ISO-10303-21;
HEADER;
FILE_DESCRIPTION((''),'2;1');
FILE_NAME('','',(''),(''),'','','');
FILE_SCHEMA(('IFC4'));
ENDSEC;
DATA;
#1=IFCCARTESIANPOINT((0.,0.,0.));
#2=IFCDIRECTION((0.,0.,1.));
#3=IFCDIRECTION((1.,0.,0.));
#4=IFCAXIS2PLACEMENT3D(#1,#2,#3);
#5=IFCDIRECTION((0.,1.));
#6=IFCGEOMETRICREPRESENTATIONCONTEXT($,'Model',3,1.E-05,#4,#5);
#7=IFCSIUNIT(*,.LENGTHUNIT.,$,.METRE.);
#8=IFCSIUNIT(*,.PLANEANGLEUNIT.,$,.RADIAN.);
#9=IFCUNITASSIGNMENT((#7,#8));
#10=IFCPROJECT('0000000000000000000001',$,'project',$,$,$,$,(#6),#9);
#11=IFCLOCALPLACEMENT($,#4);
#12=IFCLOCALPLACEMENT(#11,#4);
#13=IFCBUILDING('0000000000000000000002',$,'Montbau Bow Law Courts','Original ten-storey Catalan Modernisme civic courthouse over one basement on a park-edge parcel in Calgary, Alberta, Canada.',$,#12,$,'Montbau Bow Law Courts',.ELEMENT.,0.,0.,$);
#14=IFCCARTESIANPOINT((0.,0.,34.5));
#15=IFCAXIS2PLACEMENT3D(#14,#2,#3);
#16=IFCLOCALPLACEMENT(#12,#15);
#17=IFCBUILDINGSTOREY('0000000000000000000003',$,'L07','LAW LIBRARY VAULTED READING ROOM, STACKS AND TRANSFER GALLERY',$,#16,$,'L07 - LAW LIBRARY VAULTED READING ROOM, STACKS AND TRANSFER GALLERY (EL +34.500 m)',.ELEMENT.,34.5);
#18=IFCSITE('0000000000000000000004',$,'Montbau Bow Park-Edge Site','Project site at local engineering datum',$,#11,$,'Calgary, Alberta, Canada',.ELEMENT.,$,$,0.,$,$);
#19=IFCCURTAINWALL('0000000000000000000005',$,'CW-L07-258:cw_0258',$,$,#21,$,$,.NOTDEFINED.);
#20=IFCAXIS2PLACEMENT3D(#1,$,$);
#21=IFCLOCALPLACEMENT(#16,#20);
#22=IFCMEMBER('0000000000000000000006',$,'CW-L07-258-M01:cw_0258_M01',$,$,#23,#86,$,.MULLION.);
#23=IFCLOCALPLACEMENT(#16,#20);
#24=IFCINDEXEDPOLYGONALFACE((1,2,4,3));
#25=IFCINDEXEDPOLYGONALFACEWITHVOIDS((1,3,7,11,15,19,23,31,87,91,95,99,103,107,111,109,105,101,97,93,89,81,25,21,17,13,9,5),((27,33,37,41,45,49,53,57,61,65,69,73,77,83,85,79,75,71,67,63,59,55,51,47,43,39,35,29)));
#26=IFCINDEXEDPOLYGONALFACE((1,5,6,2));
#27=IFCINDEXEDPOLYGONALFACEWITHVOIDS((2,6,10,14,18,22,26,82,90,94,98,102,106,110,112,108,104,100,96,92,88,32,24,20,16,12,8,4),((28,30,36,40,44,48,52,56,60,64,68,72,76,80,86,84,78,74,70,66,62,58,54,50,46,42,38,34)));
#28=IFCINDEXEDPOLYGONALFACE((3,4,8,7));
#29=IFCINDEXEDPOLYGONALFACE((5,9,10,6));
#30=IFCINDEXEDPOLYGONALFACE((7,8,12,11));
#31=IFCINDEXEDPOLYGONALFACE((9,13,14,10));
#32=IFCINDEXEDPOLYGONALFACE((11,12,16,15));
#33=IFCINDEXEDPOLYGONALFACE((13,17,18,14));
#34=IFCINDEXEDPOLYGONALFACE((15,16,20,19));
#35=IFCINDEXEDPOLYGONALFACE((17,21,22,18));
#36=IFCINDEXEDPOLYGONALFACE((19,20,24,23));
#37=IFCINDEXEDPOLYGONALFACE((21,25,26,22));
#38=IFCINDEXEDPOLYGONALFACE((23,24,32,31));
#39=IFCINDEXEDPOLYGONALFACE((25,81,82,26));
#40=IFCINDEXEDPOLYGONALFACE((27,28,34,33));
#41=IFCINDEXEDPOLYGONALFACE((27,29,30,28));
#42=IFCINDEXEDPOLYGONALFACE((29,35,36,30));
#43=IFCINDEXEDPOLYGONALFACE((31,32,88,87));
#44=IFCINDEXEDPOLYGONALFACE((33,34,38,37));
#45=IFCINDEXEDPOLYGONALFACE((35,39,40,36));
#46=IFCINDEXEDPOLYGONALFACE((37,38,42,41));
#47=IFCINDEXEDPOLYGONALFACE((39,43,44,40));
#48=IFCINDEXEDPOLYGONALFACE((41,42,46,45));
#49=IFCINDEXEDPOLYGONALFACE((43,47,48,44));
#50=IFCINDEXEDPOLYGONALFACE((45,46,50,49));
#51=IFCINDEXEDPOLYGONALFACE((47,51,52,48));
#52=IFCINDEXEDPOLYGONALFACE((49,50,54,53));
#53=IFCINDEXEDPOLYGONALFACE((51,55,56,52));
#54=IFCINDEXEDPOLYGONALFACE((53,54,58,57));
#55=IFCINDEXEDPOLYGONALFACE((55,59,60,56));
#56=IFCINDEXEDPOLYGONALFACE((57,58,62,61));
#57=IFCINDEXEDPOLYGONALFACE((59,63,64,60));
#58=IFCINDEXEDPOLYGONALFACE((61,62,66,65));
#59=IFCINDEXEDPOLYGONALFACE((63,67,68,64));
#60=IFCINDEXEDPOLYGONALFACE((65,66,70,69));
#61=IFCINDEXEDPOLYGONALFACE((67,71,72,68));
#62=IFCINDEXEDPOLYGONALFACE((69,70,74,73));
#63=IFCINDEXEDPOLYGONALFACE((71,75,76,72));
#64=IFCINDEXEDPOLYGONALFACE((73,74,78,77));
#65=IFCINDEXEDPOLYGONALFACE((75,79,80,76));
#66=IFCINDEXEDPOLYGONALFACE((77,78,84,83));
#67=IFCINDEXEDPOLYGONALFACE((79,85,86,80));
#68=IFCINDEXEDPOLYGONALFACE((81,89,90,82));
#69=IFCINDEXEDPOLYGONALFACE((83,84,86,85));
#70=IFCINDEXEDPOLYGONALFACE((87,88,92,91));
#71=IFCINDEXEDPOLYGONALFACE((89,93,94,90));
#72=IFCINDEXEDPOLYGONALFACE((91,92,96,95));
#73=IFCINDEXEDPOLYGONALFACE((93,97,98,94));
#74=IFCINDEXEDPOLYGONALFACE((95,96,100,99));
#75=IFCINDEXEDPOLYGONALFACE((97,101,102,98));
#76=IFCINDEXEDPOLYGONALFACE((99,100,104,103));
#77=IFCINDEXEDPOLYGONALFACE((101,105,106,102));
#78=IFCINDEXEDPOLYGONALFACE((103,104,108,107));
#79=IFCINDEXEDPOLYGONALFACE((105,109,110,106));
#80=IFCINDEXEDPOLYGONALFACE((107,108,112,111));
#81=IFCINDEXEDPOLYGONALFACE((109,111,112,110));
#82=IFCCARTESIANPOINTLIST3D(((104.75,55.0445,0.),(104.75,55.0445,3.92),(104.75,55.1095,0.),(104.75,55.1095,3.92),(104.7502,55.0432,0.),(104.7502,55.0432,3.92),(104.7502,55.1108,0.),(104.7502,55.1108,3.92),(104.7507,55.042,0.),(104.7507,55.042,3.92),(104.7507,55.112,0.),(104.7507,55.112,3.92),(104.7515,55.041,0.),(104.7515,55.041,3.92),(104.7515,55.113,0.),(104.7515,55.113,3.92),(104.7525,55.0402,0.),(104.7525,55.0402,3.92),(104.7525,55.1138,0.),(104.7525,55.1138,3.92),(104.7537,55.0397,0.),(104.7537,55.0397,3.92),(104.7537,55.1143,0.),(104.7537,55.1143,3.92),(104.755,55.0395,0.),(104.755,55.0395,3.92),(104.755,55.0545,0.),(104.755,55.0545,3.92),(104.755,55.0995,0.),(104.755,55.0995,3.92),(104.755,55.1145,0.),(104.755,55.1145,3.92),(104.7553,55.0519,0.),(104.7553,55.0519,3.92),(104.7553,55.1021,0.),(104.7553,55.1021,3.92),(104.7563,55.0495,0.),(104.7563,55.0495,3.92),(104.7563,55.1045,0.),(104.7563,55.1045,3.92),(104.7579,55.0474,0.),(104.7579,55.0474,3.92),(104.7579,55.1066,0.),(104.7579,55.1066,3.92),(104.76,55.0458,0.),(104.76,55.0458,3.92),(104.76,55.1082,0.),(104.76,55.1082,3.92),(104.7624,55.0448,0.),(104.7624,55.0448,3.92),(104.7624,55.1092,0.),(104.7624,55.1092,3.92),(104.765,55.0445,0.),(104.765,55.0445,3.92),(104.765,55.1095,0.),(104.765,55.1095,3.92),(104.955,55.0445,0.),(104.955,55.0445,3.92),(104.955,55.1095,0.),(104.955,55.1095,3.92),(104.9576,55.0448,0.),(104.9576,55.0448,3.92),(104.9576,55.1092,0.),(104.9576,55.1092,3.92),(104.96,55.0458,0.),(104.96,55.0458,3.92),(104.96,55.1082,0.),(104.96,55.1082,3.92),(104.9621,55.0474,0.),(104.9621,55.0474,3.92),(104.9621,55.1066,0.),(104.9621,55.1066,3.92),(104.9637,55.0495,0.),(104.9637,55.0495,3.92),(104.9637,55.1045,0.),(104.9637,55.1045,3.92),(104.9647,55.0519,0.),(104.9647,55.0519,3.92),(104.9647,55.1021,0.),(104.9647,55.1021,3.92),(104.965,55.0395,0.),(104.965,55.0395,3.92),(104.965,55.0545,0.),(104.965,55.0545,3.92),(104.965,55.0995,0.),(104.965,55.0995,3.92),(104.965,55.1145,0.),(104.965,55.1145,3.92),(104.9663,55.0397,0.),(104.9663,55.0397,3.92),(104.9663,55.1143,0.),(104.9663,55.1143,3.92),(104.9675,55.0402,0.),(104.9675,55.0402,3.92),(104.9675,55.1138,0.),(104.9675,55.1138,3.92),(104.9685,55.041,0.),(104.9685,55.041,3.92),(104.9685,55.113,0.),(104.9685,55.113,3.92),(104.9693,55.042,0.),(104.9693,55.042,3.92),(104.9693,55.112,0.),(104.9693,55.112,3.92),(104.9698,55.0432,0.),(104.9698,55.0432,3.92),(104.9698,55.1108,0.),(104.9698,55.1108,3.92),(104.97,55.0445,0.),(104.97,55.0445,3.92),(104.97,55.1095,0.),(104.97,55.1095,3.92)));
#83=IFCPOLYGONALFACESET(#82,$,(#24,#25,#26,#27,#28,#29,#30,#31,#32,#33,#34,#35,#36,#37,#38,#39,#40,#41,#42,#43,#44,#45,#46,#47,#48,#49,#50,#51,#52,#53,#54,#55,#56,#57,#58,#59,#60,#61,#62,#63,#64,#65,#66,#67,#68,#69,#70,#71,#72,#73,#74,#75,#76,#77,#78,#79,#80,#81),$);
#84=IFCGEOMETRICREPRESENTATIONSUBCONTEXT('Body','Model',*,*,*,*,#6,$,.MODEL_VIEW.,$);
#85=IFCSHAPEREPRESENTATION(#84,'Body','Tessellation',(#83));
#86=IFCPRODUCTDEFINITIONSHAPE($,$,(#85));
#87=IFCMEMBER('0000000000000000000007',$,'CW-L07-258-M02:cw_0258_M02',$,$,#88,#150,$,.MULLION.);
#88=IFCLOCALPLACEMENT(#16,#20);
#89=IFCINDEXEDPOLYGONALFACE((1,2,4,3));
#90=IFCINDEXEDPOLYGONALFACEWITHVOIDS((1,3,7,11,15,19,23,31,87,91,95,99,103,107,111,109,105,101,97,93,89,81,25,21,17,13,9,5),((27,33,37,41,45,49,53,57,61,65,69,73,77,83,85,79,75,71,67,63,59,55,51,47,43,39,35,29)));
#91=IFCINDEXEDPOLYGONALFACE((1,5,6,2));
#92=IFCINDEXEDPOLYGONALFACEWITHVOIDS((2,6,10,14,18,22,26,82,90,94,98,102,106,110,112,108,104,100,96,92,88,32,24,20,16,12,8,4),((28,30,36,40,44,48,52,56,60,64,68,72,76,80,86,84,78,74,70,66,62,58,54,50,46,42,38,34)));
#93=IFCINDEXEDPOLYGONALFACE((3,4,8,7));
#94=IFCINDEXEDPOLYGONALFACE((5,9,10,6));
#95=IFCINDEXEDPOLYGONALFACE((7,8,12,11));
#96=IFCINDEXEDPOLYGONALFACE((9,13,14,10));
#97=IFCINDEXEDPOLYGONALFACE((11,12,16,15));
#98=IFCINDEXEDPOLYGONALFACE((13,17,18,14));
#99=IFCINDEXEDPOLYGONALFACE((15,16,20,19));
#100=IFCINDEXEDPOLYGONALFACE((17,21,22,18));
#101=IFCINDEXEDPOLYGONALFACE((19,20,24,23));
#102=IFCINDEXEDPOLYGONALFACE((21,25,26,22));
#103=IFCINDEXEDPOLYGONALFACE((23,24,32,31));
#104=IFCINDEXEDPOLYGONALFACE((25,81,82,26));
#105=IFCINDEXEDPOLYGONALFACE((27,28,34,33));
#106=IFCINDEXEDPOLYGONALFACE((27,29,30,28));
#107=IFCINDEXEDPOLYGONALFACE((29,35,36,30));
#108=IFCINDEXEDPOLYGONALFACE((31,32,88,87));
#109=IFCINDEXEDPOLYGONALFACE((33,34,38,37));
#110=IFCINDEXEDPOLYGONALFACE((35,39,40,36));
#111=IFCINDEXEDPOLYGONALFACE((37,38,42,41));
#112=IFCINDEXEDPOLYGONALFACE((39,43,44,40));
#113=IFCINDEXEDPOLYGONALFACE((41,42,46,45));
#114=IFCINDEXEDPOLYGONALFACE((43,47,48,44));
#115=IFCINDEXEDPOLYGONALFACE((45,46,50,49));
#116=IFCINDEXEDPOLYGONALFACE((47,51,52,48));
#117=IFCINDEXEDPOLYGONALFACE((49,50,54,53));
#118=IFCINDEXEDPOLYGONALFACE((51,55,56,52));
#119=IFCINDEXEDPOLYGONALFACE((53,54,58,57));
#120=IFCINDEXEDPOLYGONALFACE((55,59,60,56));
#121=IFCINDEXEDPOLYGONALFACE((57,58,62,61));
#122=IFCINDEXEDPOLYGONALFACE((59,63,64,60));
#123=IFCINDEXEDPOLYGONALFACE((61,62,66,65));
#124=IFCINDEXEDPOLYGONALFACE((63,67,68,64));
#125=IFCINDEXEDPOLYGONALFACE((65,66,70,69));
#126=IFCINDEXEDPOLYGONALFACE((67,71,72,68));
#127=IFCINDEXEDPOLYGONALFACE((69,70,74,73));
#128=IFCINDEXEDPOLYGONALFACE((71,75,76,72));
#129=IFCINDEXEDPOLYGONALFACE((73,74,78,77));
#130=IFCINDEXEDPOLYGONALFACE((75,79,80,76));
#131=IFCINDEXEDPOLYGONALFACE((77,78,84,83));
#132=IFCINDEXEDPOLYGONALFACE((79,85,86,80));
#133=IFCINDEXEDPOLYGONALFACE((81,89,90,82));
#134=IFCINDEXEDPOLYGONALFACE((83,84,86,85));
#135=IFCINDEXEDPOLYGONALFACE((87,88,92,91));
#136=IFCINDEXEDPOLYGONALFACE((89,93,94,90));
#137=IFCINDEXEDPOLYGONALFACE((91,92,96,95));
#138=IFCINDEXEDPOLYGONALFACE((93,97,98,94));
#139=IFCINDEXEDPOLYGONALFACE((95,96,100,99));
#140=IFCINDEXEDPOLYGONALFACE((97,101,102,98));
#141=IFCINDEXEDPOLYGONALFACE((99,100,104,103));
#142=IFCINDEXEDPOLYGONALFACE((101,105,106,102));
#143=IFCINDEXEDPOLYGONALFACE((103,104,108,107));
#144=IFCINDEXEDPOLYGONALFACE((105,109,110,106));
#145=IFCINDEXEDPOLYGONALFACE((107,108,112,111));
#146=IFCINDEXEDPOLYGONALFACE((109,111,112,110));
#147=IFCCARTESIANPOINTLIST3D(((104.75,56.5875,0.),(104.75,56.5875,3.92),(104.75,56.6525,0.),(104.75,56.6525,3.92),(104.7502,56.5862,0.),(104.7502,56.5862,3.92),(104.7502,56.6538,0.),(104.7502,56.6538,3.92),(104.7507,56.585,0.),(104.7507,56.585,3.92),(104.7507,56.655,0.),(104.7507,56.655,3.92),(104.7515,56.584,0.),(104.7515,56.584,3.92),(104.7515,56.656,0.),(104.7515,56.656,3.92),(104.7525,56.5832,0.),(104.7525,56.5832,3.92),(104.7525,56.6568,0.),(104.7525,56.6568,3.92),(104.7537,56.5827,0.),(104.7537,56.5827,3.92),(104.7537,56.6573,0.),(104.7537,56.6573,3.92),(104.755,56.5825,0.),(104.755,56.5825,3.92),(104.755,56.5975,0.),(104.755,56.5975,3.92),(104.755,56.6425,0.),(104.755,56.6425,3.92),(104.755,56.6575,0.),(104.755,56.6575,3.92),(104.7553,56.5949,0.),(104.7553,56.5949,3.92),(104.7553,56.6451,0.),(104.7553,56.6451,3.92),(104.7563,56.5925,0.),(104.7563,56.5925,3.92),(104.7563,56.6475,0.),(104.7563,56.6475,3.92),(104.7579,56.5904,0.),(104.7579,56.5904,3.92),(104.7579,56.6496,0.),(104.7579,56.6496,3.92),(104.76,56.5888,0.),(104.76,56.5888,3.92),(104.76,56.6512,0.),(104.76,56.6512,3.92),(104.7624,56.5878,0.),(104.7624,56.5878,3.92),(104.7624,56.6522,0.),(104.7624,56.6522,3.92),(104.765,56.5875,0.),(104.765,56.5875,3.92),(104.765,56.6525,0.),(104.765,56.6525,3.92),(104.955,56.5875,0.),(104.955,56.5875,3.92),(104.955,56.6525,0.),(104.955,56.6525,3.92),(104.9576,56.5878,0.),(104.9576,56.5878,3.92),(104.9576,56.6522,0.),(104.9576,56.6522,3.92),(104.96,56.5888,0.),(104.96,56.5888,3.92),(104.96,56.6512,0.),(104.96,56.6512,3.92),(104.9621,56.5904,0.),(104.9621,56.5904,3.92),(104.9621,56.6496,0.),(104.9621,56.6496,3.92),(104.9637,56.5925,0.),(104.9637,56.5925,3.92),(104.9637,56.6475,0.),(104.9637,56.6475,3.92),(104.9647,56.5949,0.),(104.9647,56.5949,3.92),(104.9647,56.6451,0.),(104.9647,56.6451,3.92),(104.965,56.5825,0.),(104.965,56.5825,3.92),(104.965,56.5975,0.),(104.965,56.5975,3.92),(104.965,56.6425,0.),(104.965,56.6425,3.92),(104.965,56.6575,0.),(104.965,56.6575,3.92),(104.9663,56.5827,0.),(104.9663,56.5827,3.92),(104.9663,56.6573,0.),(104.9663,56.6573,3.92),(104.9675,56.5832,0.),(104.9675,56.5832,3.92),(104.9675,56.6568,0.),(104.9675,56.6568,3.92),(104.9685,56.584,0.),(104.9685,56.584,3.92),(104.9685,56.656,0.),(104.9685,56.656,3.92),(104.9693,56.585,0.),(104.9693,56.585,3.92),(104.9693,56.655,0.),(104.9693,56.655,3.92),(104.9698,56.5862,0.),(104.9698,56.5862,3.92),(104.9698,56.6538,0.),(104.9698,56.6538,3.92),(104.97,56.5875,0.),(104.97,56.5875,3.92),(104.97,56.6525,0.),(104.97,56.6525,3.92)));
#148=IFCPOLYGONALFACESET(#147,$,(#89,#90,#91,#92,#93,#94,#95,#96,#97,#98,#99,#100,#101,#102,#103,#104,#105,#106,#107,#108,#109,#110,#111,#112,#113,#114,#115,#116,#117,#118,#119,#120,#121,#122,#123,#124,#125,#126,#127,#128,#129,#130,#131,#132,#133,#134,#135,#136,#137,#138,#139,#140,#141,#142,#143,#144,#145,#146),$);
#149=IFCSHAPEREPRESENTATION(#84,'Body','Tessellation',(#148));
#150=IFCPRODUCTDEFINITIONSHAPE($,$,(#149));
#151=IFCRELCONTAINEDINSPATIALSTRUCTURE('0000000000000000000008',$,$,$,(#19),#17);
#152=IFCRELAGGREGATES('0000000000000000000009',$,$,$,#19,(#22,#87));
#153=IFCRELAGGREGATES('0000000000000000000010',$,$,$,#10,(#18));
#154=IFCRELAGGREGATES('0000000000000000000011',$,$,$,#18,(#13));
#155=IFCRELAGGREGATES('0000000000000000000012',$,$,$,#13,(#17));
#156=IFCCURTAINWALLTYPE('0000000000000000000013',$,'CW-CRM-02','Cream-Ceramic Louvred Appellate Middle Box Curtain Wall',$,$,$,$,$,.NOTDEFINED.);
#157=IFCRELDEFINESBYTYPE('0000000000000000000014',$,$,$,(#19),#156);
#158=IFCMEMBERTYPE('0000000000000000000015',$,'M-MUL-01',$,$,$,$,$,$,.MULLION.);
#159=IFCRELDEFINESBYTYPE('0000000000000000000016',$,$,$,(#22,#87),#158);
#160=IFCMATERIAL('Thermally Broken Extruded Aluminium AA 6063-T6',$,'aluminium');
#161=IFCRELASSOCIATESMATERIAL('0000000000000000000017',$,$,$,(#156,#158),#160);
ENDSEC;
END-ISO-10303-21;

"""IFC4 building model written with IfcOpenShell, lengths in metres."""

from ifc_helpers import new_model, si_unit, direction, frame, origin_with_axes, origin_2d_with_axis, place, context, subcontext, project, spatial, hollow_rectangle, extrude, material, material_profile, profile_set, type_object, element, aggregate, save


model = new_model("IFC4")

# Units and contexts
model_context = context("Model", 3, precision=1e-05, world=origin_with_axes(), true_north=direction((0.0, 1.0)))
body_context = subcontext(model_context, "Body", "Model", "MODEL_VIEW")
ifc_project = project(units=[si_unit("LENGTHUNIT", "METRE"), si_unit("PLANEANGLEUNIT", "RADIAN")], contexts=[model_context])

# Site, building, storey
site_placement = place(None, origin_with_axes())
site = spatial("IfcSite", under=ifc_project, at=site_placement, Name="Montbau Bow Park-Edge Site", Description="Project site at local engineering datum", LongName="Calgary, Alberta, Canada", CompositionType="ELEMENT", RefElevation=0.0)
building_placement = place(site_placement, origin_with_axes())
building = spatial("IfcBuilding", under=site, at=building_placement, Name="Montbau Bow Law Courts", Description="Original ten-storey Catalan Modernisme civic courthouse over one basement on a park-edge parcel in Calgary, Alberta, Canada.", LongName="Montbau Bow Law Courts", CompositionType="ELEMENT", ElevationOfRefHeight=0.0, ElevationOfTerrain=0.0)
storey_placement = place(building_placement, frame((0.0, 0.0, 34.5), z_axis=(0.0, 0.0, 1.0), x_axis=(1.0, 0.0, 0.0)))
storey = spatial("IfcBuildingStorey", under=building, at=storey_placement, Name="L07", Description="LAW LIBRARY VAULTED READING ROOM, STACKS AND TRANSFER GALLERY", LongName="L07 - LAW LIBRARY VAULTED READING ROOM, STACKS AND TRANSFER GALLERY (EL +34.500 m)", CompositionType="ELEMENT", Elevation=34.5)

# Curtain wall, members
ifc_material_1 = material(Name="Thermally Broken Extruded Aluminium AA 6063-T6", Category="aluminium")
curtain_wall_type = type_object("IfcCurtainWallType", Name="CW-CRM-02", Description="Cream-Ceramic Louvred Appellate Middle Box Curtain Wall", PredefinedType="NOTDEFINED", material=ifc_material_1)
curtain_wall_1_placement = place(None, frame((104.86, 55.04, 34.5), z_axis=(0.0, 0.0, 1.0), x_axis=(1.0, 0.0, 0.0)))
curtain_wall_1 = element("IfcCurtainWall", 1, at=curtain_wall_1_placement, inside=storey, type_object=curtain_wall_type, Name="CW-L07-258:cw_0258", PredefinedType="NOTDEFINED")
ifc_material_profile_1 = material_profile(ifc_material_1, hollow_rectangle(XDim=0.075, YDim=0.22, WallThickness=0.005, InnerFilletRadius=0.01, OuterFilletRadius=0.005, at=origin_2d_with_axis()), Name="CWM-220X75", Category="Main", Priority=0)
ifc_profile_set_1 = profile_set([ifc_material_profile_1], Name="Thermally Broken Extruded Aluminium AA 6063-T6")
member_type_1 = type_object("IfcMemberType", Name="M-MUL-01", PredefinedType="MULLION", material=ifc_profile_set_1)
member_1_placement = place(None, frame((104.86, 55.077, 34.5), z_axis=(0.0, 0.0, 1.0), x_axis=(0.0, 1.0, 0.0)))
member_1 = element("IfcMember", 2, at=member_1_placement, type_object=member_type_1, Name="CW-L07-258-M01:cw_0258_M01", PredefinedType="MULLION", context=body_context, shape_type="SweptSolid", body=[
    extrude(hollow_rectangle(XDim=0.075, YDim=0.22, WallThickness=0.005, InnerFilletRadius=0.01, OuterFilletRadius=0.005, at=origin_2d_with_axis()), origin_with_axes(), (0.0, 0.0, 1.0), 3.92),
])
member_2_placement = place(None, frame((104.86, 56.62, 34.5), z_axis=(0.0, 0.0, 1.0), x_axis=(0.0, 1.0, 0.0)))
member_2 = element("IfcMember", 3, at=member_2_placement, type_object=member_type_1, Name="CW-L07-258-M02:cw_0258_M02", PredefinedType="MULLION", context=body_context, shape_type="SweptSolid", body=[
    extrude(hollow_rectangle(XDim=0.075, YDim=0.22, WallThickness=0.005, InnerFilletRadius=0.01, OuterFilletRadius=0.005, at=origin_2d_with_axis()), origin_with_axes(), (0.0, 0.0, 1.0), 3.92),
])

aggregate(curtain_wall_1, [member_1, member_2])

save(model, "model.ifc")
